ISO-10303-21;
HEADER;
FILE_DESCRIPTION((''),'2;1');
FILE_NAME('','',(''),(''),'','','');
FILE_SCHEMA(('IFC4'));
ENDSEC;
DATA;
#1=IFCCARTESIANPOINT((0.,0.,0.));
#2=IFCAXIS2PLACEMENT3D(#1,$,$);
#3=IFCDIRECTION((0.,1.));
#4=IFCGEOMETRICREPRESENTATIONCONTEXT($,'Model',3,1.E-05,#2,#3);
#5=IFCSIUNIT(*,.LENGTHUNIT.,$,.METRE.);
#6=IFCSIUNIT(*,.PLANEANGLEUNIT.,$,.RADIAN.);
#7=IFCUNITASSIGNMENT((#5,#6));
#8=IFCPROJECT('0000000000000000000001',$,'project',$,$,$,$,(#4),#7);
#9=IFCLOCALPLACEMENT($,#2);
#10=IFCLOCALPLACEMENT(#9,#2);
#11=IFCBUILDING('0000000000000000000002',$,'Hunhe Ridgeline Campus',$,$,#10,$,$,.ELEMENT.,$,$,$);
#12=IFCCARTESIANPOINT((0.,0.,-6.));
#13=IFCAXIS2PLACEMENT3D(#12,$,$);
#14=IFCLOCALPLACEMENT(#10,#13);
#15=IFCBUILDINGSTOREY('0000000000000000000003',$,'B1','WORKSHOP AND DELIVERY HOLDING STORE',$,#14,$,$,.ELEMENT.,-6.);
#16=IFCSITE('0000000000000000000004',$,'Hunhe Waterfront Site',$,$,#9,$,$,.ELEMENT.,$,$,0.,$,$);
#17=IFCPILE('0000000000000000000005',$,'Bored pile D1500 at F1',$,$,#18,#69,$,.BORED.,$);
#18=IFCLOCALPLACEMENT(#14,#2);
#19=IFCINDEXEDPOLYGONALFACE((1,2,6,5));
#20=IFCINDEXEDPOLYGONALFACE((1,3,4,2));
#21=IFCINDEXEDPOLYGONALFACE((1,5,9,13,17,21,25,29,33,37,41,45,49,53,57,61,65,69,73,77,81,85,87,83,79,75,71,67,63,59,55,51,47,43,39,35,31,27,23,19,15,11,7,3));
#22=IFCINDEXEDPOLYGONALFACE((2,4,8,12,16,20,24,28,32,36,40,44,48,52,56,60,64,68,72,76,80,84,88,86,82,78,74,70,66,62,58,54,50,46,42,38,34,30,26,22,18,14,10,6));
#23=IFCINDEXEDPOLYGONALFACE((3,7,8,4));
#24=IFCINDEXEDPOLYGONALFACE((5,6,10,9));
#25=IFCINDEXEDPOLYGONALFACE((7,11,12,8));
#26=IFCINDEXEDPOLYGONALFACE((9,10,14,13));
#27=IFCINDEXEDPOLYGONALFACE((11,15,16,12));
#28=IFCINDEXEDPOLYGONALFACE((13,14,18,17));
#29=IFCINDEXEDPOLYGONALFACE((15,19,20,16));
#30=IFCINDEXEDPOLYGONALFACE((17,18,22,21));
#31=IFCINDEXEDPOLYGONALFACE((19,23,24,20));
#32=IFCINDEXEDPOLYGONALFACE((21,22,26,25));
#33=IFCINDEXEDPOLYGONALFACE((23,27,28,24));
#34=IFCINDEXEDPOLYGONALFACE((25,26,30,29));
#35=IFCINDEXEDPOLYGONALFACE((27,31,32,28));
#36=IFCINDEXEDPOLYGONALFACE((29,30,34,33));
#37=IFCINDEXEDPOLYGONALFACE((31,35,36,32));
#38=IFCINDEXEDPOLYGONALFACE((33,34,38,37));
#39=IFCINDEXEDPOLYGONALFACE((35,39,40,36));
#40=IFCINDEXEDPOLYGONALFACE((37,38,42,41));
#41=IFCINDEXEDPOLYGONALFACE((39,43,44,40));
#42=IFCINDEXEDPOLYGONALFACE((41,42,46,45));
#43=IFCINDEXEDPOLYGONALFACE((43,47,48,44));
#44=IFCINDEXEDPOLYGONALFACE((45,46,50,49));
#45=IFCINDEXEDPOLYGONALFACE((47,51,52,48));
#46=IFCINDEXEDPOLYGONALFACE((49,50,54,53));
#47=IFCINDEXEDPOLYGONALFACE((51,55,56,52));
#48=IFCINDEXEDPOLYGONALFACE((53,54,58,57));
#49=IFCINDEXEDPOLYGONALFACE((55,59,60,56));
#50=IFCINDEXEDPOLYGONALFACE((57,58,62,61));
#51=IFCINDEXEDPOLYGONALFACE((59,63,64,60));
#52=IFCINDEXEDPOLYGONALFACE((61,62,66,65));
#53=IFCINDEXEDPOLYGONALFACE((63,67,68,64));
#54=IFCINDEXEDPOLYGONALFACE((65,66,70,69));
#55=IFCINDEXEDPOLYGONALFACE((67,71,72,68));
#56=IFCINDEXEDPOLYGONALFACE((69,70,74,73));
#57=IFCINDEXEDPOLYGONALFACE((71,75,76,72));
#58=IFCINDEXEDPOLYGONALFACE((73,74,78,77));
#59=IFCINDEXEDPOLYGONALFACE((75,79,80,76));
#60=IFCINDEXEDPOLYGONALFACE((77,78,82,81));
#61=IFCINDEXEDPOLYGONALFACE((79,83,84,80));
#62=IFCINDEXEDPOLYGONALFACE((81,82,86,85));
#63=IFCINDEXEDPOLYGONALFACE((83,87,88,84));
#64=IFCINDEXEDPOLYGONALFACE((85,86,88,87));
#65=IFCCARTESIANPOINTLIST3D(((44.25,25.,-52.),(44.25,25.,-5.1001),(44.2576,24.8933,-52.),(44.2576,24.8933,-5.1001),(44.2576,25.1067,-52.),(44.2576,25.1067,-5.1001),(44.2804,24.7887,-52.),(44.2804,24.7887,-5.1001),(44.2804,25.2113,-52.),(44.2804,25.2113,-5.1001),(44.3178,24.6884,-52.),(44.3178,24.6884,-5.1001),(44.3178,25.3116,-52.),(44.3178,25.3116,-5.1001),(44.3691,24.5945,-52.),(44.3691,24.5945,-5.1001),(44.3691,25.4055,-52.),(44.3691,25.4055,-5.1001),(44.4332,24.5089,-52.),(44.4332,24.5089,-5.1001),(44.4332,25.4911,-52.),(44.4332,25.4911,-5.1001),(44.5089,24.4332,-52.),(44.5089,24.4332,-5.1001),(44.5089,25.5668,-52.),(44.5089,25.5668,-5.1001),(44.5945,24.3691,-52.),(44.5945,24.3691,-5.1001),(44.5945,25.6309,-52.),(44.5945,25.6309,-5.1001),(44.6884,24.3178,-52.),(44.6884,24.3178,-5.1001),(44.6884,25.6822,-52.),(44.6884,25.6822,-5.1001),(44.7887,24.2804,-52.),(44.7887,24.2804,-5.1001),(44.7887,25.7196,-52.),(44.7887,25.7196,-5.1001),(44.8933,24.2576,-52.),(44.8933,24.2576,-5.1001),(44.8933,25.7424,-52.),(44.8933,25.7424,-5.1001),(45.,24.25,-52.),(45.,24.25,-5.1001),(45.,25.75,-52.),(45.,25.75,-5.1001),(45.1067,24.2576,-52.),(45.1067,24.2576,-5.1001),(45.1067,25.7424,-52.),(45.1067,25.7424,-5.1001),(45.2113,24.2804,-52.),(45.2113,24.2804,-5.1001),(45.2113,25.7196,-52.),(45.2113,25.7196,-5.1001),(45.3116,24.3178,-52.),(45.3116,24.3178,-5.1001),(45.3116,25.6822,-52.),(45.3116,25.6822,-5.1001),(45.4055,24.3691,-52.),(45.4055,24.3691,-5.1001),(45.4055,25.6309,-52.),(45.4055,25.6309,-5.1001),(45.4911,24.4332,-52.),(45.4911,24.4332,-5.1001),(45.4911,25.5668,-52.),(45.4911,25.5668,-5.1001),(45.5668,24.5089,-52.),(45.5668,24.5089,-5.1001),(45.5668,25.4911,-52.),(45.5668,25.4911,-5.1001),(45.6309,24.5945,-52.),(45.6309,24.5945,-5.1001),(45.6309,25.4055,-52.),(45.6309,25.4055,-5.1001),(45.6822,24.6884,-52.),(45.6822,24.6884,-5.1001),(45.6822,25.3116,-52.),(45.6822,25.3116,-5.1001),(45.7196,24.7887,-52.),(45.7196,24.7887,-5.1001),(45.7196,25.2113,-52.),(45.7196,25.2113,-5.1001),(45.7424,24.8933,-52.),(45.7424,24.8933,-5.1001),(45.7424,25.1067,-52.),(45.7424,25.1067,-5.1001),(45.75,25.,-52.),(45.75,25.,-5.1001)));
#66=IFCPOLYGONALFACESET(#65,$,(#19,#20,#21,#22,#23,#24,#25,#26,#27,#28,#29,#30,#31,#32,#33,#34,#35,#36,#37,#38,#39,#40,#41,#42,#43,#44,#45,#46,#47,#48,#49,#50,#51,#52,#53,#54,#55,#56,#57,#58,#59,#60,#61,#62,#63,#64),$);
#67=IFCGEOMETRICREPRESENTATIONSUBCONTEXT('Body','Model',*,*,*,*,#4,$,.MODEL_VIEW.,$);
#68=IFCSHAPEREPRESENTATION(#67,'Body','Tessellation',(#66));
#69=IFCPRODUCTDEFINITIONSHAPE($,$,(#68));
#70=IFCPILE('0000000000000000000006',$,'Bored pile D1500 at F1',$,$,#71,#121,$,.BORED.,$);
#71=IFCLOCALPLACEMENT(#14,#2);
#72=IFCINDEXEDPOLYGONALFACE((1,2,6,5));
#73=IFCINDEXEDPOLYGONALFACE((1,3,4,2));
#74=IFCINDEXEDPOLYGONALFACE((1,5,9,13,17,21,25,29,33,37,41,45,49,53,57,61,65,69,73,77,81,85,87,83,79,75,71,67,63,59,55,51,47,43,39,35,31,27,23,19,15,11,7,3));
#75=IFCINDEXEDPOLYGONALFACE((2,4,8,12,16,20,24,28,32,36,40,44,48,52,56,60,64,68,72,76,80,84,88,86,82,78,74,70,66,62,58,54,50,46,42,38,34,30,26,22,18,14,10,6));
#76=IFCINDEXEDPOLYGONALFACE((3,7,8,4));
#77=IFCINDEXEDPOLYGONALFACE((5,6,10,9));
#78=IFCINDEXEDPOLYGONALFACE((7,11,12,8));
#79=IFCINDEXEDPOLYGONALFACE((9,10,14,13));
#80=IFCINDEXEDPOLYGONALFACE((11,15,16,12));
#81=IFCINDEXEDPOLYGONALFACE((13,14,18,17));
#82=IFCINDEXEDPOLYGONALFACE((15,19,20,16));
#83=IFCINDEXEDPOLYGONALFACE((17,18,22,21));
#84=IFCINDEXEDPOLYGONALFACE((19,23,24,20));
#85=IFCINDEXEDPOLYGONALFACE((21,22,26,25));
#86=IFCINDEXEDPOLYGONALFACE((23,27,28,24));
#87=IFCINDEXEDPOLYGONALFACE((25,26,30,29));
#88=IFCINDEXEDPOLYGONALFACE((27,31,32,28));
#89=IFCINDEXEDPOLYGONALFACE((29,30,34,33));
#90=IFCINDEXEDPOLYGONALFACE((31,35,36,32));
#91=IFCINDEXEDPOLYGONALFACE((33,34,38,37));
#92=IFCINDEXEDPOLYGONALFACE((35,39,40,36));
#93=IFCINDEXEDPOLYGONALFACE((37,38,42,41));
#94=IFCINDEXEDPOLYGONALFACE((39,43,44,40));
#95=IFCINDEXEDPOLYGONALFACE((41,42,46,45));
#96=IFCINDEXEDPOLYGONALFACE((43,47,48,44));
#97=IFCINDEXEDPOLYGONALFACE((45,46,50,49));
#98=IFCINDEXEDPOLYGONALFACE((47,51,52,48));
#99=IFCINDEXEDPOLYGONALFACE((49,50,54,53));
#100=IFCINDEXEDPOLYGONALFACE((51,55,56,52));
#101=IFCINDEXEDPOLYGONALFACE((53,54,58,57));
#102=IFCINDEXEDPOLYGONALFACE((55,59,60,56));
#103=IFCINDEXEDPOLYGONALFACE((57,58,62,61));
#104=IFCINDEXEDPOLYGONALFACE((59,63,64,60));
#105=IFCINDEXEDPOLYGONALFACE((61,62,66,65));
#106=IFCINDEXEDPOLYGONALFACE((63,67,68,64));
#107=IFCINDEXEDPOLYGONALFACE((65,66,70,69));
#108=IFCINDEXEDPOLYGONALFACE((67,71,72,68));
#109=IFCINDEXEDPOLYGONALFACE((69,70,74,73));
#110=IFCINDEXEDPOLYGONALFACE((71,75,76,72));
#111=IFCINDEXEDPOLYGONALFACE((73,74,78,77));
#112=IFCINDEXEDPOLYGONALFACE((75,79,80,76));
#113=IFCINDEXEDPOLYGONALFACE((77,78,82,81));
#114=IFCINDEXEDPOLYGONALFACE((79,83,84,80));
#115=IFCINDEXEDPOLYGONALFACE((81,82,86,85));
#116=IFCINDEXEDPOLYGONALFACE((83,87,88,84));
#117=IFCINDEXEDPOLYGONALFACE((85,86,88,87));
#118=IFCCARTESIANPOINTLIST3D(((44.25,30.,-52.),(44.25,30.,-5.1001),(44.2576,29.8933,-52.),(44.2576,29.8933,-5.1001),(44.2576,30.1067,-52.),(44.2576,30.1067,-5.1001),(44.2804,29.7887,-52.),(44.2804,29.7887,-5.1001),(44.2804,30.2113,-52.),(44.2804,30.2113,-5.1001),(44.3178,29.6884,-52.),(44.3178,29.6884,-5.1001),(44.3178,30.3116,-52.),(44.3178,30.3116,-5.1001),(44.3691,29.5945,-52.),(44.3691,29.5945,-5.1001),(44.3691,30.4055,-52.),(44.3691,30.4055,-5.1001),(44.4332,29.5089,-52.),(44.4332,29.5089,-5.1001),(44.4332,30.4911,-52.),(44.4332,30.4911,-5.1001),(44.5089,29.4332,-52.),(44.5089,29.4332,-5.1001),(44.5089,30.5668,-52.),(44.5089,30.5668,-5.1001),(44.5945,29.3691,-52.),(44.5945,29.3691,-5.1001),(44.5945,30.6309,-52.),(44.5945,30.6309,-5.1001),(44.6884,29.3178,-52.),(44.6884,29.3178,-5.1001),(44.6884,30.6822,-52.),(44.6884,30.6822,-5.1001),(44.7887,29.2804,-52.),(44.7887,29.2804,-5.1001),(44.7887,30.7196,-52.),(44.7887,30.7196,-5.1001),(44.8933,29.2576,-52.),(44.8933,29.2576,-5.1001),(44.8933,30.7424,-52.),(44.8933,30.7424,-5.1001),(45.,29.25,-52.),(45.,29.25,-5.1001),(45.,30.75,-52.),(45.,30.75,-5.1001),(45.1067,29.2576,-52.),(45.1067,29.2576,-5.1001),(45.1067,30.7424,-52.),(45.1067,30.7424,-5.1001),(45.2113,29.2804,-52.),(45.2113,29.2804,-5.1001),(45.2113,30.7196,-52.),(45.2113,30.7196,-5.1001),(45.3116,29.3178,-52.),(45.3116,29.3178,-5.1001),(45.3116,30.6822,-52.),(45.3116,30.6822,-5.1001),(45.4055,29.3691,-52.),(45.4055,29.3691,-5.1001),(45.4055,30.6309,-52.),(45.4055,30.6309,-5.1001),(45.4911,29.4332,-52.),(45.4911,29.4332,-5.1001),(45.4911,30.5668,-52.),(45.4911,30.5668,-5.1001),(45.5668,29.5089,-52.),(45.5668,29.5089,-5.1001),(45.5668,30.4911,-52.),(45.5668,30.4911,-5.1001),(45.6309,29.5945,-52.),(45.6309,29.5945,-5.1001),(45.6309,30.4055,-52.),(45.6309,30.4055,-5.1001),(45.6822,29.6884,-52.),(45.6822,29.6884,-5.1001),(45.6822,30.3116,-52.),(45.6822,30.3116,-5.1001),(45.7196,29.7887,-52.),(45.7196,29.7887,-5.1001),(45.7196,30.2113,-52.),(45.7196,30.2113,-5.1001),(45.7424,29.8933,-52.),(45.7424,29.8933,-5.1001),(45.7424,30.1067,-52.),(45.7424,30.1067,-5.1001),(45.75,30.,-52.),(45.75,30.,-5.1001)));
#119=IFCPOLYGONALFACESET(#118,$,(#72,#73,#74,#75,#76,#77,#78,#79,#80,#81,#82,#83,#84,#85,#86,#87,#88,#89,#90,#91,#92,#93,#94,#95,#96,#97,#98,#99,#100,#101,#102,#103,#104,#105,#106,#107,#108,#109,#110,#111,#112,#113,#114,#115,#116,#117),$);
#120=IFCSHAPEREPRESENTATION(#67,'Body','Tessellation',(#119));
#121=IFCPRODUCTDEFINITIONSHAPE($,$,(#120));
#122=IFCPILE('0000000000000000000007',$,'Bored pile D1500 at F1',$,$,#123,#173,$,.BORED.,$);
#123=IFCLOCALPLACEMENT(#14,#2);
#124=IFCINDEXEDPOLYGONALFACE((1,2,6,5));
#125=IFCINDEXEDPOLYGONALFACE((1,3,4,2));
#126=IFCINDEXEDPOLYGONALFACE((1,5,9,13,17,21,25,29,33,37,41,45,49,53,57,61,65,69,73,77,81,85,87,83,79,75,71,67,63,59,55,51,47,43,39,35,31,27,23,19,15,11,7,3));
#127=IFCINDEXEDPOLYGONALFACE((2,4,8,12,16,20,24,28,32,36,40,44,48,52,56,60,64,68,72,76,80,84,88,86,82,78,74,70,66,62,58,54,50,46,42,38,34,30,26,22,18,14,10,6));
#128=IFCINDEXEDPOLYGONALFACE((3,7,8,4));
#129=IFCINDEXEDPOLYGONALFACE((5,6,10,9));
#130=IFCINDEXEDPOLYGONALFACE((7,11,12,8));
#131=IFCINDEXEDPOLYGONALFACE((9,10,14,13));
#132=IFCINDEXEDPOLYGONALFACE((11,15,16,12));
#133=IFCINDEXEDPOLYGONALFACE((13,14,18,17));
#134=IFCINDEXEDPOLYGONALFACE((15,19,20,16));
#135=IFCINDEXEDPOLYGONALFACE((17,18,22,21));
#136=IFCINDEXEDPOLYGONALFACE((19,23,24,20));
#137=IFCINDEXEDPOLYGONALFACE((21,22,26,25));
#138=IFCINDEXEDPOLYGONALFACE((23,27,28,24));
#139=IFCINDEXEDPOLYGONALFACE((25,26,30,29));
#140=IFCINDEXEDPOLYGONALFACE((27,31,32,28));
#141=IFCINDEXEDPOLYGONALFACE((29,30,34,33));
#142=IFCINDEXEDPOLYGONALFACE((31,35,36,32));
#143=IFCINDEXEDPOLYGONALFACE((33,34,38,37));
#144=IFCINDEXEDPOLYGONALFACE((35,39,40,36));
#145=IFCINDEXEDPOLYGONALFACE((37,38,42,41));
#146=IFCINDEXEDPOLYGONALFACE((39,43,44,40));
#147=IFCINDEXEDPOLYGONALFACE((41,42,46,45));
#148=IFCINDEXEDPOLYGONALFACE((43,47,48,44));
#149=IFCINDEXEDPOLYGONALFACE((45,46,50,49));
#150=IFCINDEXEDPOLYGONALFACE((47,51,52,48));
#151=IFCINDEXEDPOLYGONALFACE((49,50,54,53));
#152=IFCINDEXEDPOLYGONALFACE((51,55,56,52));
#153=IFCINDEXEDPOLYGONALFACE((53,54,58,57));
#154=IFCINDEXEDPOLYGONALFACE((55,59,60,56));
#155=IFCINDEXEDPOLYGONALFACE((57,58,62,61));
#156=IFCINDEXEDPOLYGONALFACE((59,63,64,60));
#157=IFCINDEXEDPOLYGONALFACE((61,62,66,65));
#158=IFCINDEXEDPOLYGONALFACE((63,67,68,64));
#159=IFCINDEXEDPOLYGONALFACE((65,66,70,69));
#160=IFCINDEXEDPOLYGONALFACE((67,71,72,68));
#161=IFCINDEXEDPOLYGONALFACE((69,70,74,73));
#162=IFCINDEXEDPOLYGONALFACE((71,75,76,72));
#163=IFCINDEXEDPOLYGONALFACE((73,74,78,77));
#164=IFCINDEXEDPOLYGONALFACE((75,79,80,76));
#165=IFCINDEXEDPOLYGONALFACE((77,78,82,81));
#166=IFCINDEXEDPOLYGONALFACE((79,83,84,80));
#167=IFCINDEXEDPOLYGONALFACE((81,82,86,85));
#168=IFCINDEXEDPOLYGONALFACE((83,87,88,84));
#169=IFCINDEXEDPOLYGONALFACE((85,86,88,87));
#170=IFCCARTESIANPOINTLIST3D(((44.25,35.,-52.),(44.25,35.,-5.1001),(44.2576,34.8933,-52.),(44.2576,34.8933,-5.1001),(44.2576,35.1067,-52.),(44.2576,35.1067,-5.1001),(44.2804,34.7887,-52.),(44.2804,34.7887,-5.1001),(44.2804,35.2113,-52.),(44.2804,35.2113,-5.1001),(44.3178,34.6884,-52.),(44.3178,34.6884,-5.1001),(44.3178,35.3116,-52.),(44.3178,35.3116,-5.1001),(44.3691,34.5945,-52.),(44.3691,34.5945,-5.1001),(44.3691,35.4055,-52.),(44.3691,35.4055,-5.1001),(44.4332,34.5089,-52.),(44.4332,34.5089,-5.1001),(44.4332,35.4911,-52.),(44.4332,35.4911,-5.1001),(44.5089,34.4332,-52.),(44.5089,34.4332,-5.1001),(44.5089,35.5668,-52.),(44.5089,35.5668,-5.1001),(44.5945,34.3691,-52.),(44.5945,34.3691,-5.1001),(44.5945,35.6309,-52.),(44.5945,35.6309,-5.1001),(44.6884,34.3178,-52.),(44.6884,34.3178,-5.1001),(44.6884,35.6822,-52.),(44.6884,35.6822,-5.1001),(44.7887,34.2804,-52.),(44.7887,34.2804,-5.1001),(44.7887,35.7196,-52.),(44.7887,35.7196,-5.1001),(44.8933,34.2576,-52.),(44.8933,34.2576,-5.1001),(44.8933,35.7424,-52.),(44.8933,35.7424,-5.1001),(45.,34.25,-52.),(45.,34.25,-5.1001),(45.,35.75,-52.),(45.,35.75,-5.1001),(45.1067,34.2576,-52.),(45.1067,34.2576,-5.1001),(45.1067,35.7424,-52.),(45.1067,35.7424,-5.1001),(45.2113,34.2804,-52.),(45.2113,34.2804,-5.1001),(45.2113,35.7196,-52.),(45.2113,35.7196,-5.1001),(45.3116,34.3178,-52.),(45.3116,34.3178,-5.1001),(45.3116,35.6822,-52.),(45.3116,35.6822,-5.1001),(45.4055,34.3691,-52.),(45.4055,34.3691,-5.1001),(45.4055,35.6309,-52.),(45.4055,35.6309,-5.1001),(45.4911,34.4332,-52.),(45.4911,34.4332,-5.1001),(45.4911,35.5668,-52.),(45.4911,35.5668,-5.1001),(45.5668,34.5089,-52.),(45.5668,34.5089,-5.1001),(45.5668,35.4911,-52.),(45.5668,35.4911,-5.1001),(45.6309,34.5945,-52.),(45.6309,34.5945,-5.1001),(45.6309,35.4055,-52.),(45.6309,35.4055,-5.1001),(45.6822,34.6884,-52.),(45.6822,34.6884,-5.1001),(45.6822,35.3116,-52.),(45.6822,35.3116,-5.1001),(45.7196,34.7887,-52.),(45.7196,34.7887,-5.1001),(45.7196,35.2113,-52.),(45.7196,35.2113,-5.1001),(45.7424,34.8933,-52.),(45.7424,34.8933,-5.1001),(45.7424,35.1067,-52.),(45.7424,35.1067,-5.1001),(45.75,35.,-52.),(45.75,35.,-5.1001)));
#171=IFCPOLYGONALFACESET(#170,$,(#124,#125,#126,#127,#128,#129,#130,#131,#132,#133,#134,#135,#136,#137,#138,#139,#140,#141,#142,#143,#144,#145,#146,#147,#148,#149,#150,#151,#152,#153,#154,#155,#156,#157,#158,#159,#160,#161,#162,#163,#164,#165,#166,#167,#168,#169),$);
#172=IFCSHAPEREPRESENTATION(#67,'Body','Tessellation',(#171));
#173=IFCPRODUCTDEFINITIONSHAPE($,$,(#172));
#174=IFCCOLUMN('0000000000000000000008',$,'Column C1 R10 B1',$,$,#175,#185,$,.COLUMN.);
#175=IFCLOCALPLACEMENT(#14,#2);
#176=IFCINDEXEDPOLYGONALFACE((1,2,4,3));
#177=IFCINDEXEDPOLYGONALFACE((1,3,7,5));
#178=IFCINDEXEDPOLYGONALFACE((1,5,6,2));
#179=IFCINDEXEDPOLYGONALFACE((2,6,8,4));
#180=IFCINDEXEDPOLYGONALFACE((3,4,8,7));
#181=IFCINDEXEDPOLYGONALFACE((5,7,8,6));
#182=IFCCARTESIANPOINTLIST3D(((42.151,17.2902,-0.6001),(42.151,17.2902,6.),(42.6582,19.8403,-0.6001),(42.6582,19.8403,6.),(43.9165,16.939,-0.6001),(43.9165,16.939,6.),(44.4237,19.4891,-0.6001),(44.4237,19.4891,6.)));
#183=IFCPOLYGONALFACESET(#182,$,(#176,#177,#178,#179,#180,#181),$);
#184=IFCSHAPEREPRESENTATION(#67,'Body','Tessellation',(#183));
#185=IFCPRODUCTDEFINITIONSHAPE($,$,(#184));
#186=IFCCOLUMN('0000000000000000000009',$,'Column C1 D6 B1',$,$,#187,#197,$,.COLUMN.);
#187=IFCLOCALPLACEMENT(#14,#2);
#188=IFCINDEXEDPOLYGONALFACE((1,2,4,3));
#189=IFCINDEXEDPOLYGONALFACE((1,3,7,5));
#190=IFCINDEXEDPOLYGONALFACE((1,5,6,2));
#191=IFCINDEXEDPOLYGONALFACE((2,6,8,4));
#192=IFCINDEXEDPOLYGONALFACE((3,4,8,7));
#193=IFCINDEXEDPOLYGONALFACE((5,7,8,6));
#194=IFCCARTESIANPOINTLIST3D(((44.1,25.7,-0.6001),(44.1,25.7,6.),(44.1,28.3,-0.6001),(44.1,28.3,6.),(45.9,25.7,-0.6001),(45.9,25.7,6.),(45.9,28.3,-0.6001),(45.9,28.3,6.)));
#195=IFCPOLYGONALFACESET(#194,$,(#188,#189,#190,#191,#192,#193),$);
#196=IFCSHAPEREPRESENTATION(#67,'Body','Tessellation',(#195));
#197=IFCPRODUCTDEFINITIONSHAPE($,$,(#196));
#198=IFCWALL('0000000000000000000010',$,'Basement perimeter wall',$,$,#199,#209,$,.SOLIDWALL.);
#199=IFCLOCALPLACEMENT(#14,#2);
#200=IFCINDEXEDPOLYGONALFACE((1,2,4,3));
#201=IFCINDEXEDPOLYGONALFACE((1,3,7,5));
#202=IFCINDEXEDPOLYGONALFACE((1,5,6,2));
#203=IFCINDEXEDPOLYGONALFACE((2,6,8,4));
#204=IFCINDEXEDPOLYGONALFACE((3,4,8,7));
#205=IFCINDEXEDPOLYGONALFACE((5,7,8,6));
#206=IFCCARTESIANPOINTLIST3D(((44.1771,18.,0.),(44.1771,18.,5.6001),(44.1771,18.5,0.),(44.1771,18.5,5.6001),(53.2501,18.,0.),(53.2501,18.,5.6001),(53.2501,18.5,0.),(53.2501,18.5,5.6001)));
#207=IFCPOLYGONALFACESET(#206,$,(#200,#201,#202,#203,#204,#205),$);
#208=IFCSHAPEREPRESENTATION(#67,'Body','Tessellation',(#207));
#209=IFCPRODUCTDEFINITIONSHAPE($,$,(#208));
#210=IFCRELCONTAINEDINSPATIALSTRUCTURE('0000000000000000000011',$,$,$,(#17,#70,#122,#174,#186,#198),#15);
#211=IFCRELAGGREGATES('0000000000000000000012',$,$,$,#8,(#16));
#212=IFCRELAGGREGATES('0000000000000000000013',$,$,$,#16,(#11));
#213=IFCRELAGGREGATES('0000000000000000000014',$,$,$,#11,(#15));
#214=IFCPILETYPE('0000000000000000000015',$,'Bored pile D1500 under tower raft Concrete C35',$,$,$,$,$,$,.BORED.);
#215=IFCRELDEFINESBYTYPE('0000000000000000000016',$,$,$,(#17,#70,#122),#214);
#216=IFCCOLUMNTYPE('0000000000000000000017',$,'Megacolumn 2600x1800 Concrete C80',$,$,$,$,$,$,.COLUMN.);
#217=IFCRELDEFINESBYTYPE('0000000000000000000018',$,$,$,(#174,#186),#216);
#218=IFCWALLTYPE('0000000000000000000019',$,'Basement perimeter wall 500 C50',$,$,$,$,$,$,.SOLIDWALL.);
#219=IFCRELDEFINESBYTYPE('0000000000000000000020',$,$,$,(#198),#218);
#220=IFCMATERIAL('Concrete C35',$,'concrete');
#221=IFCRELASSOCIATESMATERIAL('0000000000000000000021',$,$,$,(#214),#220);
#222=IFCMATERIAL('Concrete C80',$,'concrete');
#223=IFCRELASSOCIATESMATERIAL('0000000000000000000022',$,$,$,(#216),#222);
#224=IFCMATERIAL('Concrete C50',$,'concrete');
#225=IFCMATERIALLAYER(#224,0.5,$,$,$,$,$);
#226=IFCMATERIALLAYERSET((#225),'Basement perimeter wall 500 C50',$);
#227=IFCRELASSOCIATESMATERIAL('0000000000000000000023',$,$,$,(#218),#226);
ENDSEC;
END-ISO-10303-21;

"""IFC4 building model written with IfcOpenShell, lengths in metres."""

from ifc_helpers import new_model, si_unit, direction, frame, frame_2d, origin, origin_2d, place, context, subcontext, project, spatial, rectangle, circle, extrude, material, layer, layer_set, material_profile, profile_set, type_object, element, save


model = new_model("IFC4")

# Units and contexts
model_context = context("Model", 3, precision=1e-05, world=origin(), true_north=direction((0.0, 1.0)))
body_context = subcontext(model_context, "Body", "Model", "MODEL_VIEW")
ifc_project = project(units=[si_unit("LENGTHUNIT", "METRE"), si_unit("PLANEANGLEUNIT", "RADIAN")], contexts=[model_context])

# Site, building, storey
site_placement = place(None, origin())
site = spatial("IfcSite", under=ifc_project, at=site_placement, Name="Hunhe Waterfront Site", CompositionType="ELEMENT", RefElevation=0.0)
building_placement = place(site_placement, origin())
building = spatial("IfcBuilding", under=site, at=building_placement, Name="Hunhe Ridgeline Campus", CompositionType="ELEMENT")
storey_placement = place(building_placement, frame((0.0, 0.0, -6.0)))
storey = spatial("IfcBuildingStorey", under=building, at=storey_placement, Name="B1", Description="WORKSHOP AND DELIVERY HOLDING STORE", CompositionType="ELEMENT", Elevation=-6.0)

# Piles
ifc_material_1 = material(Name="Concrete C35", Category="concrete")
ifc_material_profile_1 = material_profile(ifc_material_1, circle(Radius=0.75, at=origin_2d()))
ifc_profile_set_1 = profile_set([ifc_material_profile_1], Name="Concrete C35")
pile_type_1 = type_object("IfcPileType", Name="Bored pile D1500 under tower raft Concrete C35", PredefinedType="BORED", material=ifc_profile_set_1)
for number, where, z_axis, x_axis, name in (
    (1, (45.0, 25.0, -5.1001), (0.0, 0.0, -1.0), (1.0, 0.0, 0.0), "Bored pile D1500 at F1"),
    (2, (45.0, 30.0, -5.1001), (0.0, 0.0, -1.0), (1.0, 0.0, 0.0), "Bored pile D1500 at F1"),
    (3, (45.0, 35.0, -5.1001), (0.0, 0.0, -1.0), (1.0, 0.0, 0.0), "Bored pile D1500 at F1"),
):
    element("IfcPile", number, at=place(storey_placement, frame(where, z_axis=z_axis, x_axis=x_axis)), inside=storey, type_object=pile_type_1, Name=name, PredefinedType="BORED", context=body_context, shape_type="SweptSolid", body=[
        extrude(circle(Radius=0.75, at=origin_2d()), origin(), (0.0, 0.0, 1.0), 46.8999),
    ])

# Columns
ifc_material_2 = material(Name="Concrete C80", Category="concrete")
ifc_material_profile_2 = material_profile(ifc_material_2, rectangle(XDim=2.6001, YDim=1.8, at=origin_2d()))
ifc_profile_set_2 = profile_set([ifc_material_profile_2], Name="Concrete C80")
column_type = type_object("IfcColumnType", Name="Megacolumn 2600x1800 Concrete C80", PredefinedType="COLUMN", material=ifc_profile_set_2)
for number, where, z_axis, x_axis, name in (
    (4, (43.2874, 18.3896, -0.6001), (0.0, 0.0, 1.0), (0.19509, 0.980785, 0.0), "Column C1 R10 B1"),
    (5, (45.0, 27.0, -0.6001), (0.0, 0.0, 1.0), (0.0, 1.0, 0.0), "Column C1 D6 B1"),
):
    element("IfcColumn", number, at=place(storey_placement, frame(where, z_axis=z_axis, x_axis=x_axis)), inside=storey, type_object=column_type, Name=name, PredefinedType="COLUMN", context=body_context, shape_type="SweptSolid", body=[
        extrude(rectangle(XDim=2.6001, YDim=1.8, at=origin_2d()), origin(), (0.0, 0.0, 1.0), 6.6001),
    ])

# Wall
ifc_material_3 = material(Name="Concrete C50", Category="concrete")
ifc_layer_1 = layer(ifc_material_3, 0.5)
ifc_layer_set_1 = layer_set([ifc_layer_1], Name="Basement perimeter wall 500 C50")
wall_type_1 = type_object("IfcWallType", Name="Basement perimeter wall 500 C50", PredefinedType="SOLIDWALL", material=ifc_layer_set_1)
wall_1_placement = place(storey_placement, frame((44.177, 18.25, 0.0), z_axis=(0.0, 0.0, 1.0), x_axis=(1.0, 0.0, 0.0)))
element("IfcWall", 6, at=wall_1_placement, inside=storey, type_object=wall_type_1, Name="Basement perimeter wall", PredefinedType="SOLIDWALL", context=body_context, shape_type="SweptSolid", body=[
    extrude(rectangle(XDim=9.073, YDim=0.5, at=frame_2d((4.5366, 0.0))), origin(), (0.0, 0.0, 1.0), 5.6001),
])

save(model, "model.ifc")
